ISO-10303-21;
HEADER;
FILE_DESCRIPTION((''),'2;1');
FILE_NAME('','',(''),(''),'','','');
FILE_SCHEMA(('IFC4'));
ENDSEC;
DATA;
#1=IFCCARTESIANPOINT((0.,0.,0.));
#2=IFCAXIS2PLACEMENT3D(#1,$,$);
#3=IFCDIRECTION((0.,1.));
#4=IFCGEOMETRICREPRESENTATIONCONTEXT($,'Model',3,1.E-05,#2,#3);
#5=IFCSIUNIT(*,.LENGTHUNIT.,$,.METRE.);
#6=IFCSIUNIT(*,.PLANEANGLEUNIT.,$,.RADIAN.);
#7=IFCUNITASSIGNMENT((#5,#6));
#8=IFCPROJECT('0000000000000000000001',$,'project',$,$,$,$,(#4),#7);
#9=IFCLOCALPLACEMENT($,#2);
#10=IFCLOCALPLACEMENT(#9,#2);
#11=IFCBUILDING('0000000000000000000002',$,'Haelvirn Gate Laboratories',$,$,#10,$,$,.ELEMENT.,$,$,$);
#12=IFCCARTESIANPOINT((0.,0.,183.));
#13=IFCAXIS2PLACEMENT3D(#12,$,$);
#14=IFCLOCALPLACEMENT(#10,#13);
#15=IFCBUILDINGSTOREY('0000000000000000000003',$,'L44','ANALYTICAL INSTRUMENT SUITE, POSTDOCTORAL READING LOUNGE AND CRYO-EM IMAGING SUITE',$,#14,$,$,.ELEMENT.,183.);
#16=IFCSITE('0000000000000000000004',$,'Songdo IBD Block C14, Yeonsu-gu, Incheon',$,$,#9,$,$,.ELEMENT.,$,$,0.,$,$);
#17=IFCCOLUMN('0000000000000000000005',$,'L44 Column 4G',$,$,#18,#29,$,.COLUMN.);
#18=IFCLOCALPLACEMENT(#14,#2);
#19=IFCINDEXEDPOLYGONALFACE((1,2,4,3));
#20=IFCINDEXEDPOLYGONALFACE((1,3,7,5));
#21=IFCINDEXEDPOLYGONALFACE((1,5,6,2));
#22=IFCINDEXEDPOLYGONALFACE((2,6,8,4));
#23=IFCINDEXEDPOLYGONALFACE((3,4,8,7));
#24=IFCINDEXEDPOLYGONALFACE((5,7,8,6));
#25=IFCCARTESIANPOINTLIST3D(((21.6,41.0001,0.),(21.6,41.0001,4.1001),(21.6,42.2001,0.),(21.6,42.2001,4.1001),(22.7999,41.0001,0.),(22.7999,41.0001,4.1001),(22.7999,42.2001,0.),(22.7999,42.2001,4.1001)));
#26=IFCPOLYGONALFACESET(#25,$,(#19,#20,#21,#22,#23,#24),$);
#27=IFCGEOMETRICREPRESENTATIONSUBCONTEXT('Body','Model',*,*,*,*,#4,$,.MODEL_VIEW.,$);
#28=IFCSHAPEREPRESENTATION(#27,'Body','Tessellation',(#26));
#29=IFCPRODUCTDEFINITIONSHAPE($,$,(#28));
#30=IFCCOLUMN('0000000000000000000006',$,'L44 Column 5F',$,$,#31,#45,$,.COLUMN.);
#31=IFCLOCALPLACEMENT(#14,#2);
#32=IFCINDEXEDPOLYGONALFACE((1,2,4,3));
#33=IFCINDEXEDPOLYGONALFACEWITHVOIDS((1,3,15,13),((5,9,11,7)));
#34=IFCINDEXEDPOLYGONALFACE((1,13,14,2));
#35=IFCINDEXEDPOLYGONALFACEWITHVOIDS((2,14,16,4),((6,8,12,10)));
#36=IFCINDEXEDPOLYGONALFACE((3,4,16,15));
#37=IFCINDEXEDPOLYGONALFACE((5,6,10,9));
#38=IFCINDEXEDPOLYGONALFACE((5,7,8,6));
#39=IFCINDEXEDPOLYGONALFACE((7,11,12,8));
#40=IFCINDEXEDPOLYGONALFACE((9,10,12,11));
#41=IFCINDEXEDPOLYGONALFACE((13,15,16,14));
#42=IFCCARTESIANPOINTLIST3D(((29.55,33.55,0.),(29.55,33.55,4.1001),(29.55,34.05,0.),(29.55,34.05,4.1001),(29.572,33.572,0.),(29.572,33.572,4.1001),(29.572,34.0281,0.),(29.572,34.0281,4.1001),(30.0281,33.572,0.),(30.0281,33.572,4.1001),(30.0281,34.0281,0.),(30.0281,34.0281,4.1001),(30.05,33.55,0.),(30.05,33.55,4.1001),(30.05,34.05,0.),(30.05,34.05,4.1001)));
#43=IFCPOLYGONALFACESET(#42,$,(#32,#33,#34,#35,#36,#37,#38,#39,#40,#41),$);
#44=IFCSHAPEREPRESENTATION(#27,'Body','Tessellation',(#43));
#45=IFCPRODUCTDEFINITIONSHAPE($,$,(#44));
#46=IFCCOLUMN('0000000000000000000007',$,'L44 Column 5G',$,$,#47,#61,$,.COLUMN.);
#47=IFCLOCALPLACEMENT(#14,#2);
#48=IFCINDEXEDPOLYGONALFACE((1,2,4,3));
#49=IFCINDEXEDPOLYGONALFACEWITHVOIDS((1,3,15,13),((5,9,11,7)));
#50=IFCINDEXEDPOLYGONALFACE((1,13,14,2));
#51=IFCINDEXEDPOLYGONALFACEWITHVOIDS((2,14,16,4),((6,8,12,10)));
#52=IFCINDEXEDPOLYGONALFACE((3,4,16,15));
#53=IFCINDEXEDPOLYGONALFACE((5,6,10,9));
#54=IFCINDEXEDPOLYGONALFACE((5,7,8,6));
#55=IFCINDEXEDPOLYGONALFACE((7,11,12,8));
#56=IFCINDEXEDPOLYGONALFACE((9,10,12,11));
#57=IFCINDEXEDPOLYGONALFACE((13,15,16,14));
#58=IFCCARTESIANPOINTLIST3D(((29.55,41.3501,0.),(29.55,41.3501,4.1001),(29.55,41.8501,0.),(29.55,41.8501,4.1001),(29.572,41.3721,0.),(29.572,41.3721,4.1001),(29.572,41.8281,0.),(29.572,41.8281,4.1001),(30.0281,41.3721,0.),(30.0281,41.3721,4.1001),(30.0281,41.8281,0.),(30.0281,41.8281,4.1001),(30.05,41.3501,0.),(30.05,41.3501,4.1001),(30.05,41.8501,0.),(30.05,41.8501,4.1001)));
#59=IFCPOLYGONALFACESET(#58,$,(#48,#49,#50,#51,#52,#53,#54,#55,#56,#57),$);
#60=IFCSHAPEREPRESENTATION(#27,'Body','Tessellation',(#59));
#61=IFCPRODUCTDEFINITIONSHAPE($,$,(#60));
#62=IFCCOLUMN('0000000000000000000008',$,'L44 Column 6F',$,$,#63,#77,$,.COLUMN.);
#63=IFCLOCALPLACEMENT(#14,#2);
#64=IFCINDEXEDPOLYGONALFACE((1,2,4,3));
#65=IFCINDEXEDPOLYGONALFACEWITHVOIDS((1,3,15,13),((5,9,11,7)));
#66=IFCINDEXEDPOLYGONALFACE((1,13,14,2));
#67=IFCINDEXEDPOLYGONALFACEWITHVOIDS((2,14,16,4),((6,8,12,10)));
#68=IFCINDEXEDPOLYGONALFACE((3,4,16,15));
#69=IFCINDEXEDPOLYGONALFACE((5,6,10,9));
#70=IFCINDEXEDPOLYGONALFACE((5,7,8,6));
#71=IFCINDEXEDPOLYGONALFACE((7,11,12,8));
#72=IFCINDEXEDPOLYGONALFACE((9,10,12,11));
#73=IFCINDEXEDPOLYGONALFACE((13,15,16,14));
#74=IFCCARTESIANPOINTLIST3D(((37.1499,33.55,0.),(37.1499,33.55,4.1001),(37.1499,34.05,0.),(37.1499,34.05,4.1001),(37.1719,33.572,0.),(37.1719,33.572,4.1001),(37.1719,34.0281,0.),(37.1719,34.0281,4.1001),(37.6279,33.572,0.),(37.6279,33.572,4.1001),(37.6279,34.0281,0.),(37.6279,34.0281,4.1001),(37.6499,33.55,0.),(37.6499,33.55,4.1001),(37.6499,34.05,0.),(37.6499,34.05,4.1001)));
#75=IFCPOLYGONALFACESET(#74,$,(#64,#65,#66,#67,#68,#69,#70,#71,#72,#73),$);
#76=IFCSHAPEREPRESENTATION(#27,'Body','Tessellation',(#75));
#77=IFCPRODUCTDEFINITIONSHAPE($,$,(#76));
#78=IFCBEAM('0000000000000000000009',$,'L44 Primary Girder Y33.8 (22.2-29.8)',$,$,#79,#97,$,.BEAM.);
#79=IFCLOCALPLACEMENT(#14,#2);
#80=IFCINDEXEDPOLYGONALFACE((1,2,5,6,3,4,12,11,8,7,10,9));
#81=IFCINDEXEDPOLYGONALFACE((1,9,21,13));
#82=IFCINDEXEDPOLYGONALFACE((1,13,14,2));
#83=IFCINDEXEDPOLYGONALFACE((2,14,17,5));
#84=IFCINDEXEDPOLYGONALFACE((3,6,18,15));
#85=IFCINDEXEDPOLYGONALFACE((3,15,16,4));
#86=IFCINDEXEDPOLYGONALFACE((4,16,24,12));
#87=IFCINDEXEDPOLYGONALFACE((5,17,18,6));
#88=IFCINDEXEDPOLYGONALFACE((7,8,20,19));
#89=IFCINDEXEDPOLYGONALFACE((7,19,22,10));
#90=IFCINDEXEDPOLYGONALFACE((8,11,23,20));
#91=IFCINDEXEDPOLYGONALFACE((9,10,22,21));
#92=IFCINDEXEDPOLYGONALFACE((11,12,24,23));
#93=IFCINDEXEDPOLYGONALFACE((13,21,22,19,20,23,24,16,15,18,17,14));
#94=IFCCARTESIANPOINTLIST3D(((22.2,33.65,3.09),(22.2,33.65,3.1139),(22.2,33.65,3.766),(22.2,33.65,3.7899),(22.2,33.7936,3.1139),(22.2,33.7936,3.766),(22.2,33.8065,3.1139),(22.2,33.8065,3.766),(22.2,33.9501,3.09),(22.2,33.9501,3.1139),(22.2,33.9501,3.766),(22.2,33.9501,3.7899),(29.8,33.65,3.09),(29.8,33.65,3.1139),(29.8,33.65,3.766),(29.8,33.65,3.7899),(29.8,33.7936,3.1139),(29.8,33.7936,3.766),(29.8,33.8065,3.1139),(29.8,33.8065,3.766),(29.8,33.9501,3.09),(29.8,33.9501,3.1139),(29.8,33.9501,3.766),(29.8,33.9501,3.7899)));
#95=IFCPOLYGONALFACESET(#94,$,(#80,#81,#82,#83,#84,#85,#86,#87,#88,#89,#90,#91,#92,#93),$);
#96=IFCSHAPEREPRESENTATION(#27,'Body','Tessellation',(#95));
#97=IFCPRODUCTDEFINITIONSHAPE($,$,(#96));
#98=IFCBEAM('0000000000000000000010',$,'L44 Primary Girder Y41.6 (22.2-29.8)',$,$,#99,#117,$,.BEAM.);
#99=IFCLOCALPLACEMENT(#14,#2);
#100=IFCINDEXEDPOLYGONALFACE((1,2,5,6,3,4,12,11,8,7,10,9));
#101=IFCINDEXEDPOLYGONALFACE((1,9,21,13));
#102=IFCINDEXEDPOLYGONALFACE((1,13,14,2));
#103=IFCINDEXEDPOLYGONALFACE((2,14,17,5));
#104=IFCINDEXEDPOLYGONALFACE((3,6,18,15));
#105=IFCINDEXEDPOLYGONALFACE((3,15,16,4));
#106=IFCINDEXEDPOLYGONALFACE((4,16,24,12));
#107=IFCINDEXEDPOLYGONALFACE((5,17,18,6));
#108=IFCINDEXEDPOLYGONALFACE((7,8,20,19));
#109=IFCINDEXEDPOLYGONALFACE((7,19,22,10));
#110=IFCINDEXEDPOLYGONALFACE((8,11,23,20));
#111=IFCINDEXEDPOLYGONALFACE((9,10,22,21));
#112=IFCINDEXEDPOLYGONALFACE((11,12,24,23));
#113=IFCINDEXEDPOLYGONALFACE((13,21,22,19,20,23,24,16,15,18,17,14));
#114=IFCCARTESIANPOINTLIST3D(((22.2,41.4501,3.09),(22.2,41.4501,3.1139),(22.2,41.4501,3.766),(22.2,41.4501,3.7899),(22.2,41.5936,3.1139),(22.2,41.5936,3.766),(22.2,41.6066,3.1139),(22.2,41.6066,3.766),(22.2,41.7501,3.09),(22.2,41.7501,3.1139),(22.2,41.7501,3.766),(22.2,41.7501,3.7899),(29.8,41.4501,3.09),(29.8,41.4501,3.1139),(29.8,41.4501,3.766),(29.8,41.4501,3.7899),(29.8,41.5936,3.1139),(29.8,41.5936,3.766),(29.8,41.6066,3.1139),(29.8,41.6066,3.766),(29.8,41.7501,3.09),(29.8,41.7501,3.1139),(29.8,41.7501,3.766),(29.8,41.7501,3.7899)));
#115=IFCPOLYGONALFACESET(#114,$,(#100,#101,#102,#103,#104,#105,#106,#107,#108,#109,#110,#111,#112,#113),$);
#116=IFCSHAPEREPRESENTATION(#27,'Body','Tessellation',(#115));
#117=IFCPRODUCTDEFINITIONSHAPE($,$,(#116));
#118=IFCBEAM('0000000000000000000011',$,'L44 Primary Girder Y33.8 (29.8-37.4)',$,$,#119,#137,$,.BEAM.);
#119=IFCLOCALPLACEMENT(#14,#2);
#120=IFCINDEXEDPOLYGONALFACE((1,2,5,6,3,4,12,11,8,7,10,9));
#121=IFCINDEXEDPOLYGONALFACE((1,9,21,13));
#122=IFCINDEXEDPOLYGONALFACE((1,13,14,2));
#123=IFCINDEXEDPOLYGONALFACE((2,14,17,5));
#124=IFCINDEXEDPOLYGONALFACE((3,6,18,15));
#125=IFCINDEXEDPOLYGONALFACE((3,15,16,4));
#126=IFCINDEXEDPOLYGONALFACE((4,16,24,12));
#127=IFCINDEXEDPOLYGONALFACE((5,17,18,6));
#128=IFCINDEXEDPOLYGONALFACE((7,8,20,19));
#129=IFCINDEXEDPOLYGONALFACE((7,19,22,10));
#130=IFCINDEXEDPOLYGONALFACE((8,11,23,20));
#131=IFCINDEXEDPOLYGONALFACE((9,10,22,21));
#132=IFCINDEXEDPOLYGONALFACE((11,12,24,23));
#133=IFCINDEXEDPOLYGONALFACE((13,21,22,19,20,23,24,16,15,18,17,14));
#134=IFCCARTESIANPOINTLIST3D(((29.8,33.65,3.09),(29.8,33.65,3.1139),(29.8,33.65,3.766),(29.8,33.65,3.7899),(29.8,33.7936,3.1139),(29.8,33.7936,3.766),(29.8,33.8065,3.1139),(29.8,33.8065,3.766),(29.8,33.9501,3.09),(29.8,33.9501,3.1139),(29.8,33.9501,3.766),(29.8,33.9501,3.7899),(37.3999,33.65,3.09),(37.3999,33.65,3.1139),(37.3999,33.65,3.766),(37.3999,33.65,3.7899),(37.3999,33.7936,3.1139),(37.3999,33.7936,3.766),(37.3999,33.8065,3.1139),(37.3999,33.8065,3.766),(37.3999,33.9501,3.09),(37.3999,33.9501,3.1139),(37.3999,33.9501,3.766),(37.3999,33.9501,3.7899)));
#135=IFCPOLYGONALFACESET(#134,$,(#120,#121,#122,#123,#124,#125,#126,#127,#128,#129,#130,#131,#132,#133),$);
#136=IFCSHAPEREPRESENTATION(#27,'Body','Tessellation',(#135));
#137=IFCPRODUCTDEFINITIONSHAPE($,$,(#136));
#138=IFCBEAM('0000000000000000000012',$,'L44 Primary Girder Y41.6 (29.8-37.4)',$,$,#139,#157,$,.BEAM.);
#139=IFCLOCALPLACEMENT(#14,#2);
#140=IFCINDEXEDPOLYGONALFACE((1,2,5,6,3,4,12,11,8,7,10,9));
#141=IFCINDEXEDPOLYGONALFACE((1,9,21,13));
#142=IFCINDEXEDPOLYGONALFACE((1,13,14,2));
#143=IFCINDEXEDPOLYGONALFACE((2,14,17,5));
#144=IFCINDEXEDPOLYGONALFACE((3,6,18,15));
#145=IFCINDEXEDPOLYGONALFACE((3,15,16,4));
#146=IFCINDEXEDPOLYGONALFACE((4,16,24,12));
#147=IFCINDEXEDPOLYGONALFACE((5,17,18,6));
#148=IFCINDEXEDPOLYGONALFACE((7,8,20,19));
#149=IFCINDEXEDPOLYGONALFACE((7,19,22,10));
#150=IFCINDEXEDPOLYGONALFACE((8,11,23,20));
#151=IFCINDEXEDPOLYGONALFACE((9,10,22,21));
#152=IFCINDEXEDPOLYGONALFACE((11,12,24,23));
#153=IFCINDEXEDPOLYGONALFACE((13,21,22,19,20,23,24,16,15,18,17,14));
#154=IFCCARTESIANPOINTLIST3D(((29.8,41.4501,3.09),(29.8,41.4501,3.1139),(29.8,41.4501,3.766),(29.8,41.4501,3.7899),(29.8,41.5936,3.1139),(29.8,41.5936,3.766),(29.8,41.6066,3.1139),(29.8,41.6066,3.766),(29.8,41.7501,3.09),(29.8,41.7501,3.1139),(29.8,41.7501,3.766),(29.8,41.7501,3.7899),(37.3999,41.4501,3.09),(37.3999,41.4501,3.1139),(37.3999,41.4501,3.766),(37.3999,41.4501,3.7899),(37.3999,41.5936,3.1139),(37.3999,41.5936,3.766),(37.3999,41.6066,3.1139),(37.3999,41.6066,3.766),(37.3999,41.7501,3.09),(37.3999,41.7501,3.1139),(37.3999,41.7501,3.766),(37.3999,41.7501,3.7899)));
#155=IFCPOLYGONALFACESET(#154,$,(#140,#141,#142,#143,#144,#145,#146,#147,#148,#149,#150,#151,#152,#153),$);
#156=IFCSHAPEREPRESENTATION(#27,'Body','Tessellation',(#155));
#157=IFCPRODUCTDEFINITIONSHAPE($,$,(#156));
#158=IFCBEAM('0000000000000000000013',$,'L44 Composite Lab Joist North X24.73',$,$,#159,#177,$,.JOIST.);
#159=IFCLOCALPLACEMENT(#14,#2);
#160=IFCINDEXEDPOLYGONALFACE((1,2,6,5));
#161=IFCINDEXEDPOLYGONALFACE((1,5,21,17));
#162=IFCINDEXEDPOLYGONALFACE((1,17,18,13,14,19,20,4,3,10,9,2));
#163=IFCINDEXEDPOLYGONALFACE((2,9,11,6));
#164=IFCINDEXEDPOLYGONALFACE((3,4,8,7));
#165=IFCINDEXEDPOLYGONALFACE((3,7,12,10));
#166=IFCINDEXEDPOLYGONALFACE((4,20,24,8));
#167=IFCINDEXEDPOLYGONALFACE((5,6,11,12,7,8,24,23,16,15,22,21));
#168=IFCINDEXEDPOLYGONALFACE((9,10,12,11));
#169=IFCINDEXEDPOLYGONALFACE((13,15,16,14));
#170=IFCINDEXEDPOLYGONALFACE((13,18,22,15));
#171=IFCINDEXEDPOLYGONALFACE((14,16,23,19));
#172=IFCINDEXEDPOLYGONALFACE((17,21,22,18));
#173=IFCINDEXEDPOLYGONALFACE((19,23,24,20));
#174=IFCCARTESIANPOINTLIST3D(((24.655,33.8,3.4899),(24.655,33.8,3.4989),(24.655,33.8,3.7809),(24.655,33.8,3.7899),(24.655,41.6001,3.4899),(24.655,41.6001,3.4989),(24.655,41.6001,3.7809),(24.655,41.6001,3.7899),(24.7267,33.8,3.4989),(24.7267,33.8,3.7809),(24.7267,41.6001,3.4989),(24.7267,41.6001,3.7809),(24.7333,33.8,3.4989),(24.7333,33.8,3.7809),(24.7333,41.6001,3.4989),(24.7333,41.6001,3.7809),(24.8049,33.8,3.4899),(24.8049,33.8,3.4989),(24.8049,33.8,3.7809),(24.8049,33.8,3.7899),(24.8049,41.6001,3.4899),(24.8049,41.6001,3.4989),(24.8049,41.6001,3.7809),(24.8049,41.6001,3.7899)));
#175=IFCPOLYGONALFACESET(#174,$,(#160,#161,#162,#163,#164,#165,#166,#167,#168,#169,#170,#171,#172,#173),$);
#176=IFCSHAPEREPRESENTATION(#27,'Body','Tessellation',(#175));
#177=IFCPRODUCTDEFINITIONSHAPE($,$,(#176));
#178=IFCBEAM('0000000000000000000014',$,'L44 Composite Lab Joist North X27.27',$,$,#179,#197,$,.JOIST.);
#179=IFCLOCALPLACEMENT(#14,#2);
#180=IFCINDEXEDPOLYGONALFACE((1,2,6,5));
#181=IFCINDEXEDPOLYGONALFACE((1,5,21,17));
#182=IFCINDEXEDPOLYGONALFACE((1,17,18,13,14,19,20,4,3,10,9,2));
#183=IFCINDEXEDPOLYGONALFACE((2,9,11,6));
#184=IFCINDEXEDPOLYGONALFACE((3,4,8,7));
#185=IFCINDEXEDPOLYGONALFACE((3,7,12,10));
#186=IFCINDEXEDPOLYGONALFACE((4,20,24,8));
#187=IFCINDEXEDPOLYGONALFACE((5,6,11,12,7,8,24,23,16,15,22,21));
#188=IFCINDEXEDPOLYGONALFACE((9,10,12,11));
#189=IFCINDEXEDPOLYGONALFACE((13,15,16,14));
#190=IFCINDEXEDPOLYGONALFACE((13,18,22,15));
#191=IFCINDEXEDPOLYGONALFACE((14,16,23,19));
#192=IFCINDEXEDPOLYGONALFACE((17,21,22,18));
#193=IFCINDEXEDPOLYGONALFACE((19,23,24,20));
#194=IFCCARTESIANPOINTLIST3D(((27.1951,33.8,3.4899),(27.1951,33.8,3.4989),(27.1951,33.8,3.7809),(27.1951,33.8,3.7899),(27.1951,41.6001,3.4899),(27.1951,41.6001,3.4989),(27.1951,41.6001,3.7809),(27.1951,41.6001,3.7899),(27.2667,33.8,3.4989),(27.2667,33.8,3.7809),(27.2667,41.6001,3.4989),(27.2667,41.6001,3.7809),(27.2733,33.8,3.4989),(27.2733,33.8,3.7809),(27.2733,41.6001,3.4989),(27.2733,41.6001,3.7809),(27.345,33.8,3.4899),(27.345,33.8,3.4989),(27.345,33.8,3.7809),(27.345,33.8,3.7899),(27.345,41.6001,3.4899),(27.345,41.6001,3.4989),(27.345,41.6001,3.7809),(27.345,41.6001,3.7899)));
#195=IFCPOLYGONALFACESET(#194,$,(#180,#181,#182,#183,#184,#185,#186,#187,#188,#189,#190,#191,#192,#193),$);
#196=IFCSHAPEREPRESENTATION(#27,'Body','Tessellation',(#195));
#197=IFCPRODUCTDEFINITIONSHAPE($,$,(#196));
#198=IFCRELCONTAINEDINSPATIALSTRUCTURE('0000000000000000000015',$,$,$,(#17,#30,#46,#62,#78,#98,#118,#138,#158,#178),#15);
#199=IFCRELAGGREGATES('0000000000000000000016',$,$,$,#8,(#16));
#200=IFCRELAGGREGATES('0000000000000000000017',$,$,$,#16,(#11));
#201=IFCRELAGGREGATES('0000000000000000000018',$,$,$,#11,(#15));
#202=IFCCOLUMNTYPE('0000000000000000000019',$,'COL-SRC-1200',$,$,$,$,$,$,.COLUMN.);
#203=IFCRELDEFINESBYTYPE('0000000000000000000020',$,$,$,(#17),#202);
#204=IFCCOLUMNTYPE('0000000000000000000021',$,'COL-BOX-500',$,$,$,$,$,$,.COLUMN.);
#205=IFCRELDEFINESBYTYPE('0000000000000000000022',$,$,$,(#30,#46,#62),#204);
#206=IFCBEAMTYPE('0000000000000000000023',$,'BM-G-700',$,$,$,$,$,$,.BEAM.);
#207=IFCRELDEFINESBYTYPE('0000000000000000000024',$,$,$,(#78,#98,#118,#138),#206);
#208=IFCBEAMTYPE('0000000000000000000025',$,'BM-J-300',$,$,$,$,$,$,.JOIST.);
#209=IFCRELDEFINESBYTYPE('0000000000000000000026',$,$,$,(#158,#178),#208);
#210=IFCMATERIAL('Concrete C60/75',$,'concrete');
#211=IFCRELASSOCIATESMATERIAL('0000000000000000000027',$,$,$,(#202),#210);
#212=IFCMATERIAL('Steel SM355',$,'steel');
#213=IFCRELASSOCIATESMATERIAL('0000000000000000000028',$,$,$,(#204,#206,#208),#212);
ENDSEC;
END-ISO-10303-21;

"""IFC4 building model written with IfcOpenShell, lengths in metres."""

from ifc_helpers import new_model, si_unit, direction, frame, origin, origin_2d, place, context, subcontext, project, spatial, rectangle, hollow_rectangle, i_section, extrude, source, transform, mapped, material, material_profile, profile_set, type_object, type_shapes, element, save


model = new_model("IFC4")

# Units and contexts
model_context = context("Model", 3, precision=1e-05, world=origin(), true_north=direction((0.0, 1.0)))
body_context = subcontext(model_context, "Body", "Model", "MODEL_VIEW")
ifc_project = project(units=[si_unit("LENGTHUNIT", "METRE"), si_unit("PLANEANGLEUNIT", "RADIAN")], contexts=[model_context])

# Site, building, storey
site_placement = place(None, origin())
site = spatial("IfcSite", under=ifc_project, at=site_placement, Name="Songdo IBD Block C14, Yeonsu-gu, Incheon", CompositionType="ELEMENT", RefElevation=0.0)
building_placement = place(site_placement, origin())
building = spatial("IfcBuilding", under=site, at=building_placement, Name="Haelvirn Gate Laboratories", CompositionType="ELEMENT")
storey_placement = place(building_placement, frame((0.0, 0.0, 183.0)))
storey = spatial("IfcBuildingStorey", under=building, at=storey_placement, Name="L44", Description="ANALYTICAL INSTRUMENT SUITE, POSTDOCTORAL READING LOUNGE AND CRYO-EM IMAGING SUITE", CompositionType="ELEMENT", Elevation=183.0)

# Columns
ifc_material_1 = material(Name="Concrete C60/75", Category="concrete")
ifc_material_profile_1 = material_profile(ifc_material_1, rectangle(XDim=1.2, YDim=1.2, at=origin_2d()), Name="SRC-1200x1200")
ifc_profile_set_1 = profile_set([ifc_material_profile_1], Name="Concrete C60/75")
column_type_1 = type_object("IfcColumnType", Name="COL-SRC-1200", PredefinedType="COLUMN", material=ifc_profile_set_1)
shared_shape_1 = source(origin(), body_context, "Body", "SweptSolid", [
    extrude(rectangle(XDim=1.2, YDim=1.2, at=origin_2d()), origin(), (0.0, 0.0, 1.0), 4.1001),
])
type_shapes(column_type_1, [shared_shape_1])
column_placement = place(storey_placement, frame((22.2, 41.6001, 0.0), z_axis=(0.0, 0.0, 1.0), x_axis=(1.0, 0.0, 0.0)))
element("IfcColumn", 1, at=column_placement, inside=storey, type_object=column_type_1, Name="L44 Column 4G", PredefinedType="COLUMN", context=body_context, shape_type="MappedRepresentation", body=[
    mapped(shared_shape_1, transform((0.0, 0.0, 0.0), scale=1.0)),
])
ifc_material_2 = material(Name="Steel SM355", Category="steel")
ifc_material_profile_2 = material_profile(ifc_material_2, hollow_rectangle(XDim=0.5, YDim=0.5, WallThickness=0.022, at=origin_2d()), Name="BOX-500x500x22")
ifc_profile_set_2 = profile_set([ifc_material_profile_2], Name="Steel SM355")
column_type_2 = type_object("IfcColumnType", Name="COL-BOX-500", PredefinedType="COLUMN", material=ifc_profile_set_2)
shared_shape_2 = source(origin(), body_context, "Body", "SweptSolid", [
    extrude(hollow_rectangle(XDim=0.5, YDim=0.5, WallThickness=0.022, at=origin_2d()), origin(), (0.0, 0.0, 1.0), 4.1001),
])
type_shapes(column_type_2, [shared_shape_2])
for number, where, z_axis, x_axis, name in (
    (2, (29.8, 33.8, 0.0), (0.0, 0.0, 1.0), (1.0, 0.0, 0.0), "L44 Column 5F"),
    (3, (29.8, 41.6001, 0.0), (0.0, 0.0, 1.0), (1.0, 0.0, 0.0), "L44 Column 5G"),
    (4, (37.3999, 33.8, 0.0), (0.0, 0.0, 1.0), (1.0, 0.0, 0.0), "L44 Column 6F"),
):
    element("IfcColumn", number, at=place(storey_placement, frame(where, z_axis=z_axis, x_axis=x_axis)), inside=storey, type_object=column_type_2, Name=name, PredefinedType="COLUMN", context=body_context, shape_type="MappedRepresentation", body=[
        mapped(shared_shape_2, transform((0.0, 0.0, 0.0), scale=1.0)),
    ])

# Beams
ifc_material_profile_3 = material_profile(ifc_material_2, i_section(OverallWidth=0.3, OverallDepth=0.7, WebThickness=0.0129, FlangeThickness=0.0239, at=origin_2d()), Name="H-700x300x13x24")
ifc_profile_set_3 = profile_set([ifc_material_profile_3], Name="Steel SM355")
beam_type_1 = type_object("IfcBeamType", Name="BM-G-700", PredefinedType="BEAM", material=ifc_profile_set_3)
shared_shape_3 = source(origin(), body_context, "Body", "SweptSolid", [
    extrude(i_section(OverallWidth=0.3, OverallDepth=0.7, WebThickness=0.0129, FlangeThickness=0.0239, at=origin_2d()), origin(), (0.0, 0.0, 1.0), 7.6001),
])
for number, where, z_axis, x_axis, name in (
    (5, (22.2, 33.8, 3.4399), (1.0, 0.0, 0.0), (0.0, 1.0, 0.0), "L44 Primary Girder Y33.8 (22.2-29.8)"),
    (6, (22.2, 41.6001, 3.4399), (1.0, 0.0, 0.0), (0.0, 1.0, 0.0), "L44 Primary Girder Y41.6 (22.2-29.8)"),
):
    element("IfcBeam", number, at=place(storey_placement, frame(where, z_axis=z_axis, x_axis=x_axis)), inside=storey, type_object=beam_type_1, Name=name, PredefinedType="BEAM", context=body_context, shape_type="MappedRepresentation", body=[
        mapped(shared_shape_3, transform((0.0, 0.0, 0.0), scale=1.0)),
    ])
shared_shape_4 = source(origin(), body_context, "Body", "SweptSolid", [
    extrude(i_section(OverallWidth=0.3, OverallDepth=0.7, WebThickness=0.0129, FlangeThickness=0.0239, at=origin_2d()), origin(), (0.0, 0.0, 1.0), 7.5999),
])
type_shapes(beam_type_1, [shared_shape_3, shared_shape_4])
for number, where, z_axis, x_axis, name in (
    (7, (29.8, 33.8, 3.4399), (1.0, 0.0, 0.0), (0.0, 1.0, 0.0), "L44 Primary Girder Y33.8 (29.8-37.4)"),
    (8, (29.8, 41.6001, 3.4399), (1.0, 0.0, 0.0), (0.0, 1.0, 0.0), "L44 Primary Girder Y41.6 (29.8-37.4)"),
):
    element("IfcBeam", number, at=place(storey_placement, frame(where, z_axis=z_axis, x_axis=x_axis)), inside=storey, type_object=beam_type_1, Name=name, PredefinedType="BEAM", context=body_context, shape_type="MappedRepresentation", body=[
        mapped(shared_shape_4, transform((0.0, 0.0, 0.0), scale=1.0)),
    ])
ifc_material_profile_4 = material_profile(ifc_material_2, i_section(OverallWidth=0.1499, OverallDepth=0.3, WebThickness=0.0066, FlangeThickness=0.009, at=origin_2d()), Name="H-300x150x6.5x9")
ifc_profile_set_4 = profile_set([ifc_material_profile_4], Name="Steel SM355")
beam_type_2 = type_object("IfcBeamType", Name="BM-J-300", PredefinedType="JOIST", material=ifc_profile_set_4)
shared_shape_5 = source(origin(), body_context, "Body", "SweptSolid", [
    extrude(i_section(OverallWidth=0.1499, OverallDepth=0.3, WebThickness=0.0066, FlangeThickness=0.009, at=origin_2d()), origin(), (0.0, 0.0, 1.0), 7.8),
])
type_shapes(beam_type_2, [shared_shape_5])
for number, where, z_axis, x_axis, name in (
    (9, (24.73, 33.8, 3.6399), (0.0, 1.0, 0.0), (-1.0, 0.0, 0.0), "L44 Composite Lab Joist North X24.73"),
    (10, (27.27, 33.8, 3.6399), (0.0, 1.0, 0.0), (-1.0, 0.0, 0.0), "L44 Composite Lab Joist North X27.27"),
):
    element("IfcBeam", number, at=place(storey_placement, frame(where, z_axis=z_axis, x_axis=x_axis)), inside=storey, type_object=beam_type_2, Name=name, PredefinedType="JOIST", context=body_context, shape_type="MappedRepresentation", body=[
        mapped(shared_shape_5, transform((0.0, 0.0, 0.0), scale=1.0)),
    ])

save(model, "model.ifc")
